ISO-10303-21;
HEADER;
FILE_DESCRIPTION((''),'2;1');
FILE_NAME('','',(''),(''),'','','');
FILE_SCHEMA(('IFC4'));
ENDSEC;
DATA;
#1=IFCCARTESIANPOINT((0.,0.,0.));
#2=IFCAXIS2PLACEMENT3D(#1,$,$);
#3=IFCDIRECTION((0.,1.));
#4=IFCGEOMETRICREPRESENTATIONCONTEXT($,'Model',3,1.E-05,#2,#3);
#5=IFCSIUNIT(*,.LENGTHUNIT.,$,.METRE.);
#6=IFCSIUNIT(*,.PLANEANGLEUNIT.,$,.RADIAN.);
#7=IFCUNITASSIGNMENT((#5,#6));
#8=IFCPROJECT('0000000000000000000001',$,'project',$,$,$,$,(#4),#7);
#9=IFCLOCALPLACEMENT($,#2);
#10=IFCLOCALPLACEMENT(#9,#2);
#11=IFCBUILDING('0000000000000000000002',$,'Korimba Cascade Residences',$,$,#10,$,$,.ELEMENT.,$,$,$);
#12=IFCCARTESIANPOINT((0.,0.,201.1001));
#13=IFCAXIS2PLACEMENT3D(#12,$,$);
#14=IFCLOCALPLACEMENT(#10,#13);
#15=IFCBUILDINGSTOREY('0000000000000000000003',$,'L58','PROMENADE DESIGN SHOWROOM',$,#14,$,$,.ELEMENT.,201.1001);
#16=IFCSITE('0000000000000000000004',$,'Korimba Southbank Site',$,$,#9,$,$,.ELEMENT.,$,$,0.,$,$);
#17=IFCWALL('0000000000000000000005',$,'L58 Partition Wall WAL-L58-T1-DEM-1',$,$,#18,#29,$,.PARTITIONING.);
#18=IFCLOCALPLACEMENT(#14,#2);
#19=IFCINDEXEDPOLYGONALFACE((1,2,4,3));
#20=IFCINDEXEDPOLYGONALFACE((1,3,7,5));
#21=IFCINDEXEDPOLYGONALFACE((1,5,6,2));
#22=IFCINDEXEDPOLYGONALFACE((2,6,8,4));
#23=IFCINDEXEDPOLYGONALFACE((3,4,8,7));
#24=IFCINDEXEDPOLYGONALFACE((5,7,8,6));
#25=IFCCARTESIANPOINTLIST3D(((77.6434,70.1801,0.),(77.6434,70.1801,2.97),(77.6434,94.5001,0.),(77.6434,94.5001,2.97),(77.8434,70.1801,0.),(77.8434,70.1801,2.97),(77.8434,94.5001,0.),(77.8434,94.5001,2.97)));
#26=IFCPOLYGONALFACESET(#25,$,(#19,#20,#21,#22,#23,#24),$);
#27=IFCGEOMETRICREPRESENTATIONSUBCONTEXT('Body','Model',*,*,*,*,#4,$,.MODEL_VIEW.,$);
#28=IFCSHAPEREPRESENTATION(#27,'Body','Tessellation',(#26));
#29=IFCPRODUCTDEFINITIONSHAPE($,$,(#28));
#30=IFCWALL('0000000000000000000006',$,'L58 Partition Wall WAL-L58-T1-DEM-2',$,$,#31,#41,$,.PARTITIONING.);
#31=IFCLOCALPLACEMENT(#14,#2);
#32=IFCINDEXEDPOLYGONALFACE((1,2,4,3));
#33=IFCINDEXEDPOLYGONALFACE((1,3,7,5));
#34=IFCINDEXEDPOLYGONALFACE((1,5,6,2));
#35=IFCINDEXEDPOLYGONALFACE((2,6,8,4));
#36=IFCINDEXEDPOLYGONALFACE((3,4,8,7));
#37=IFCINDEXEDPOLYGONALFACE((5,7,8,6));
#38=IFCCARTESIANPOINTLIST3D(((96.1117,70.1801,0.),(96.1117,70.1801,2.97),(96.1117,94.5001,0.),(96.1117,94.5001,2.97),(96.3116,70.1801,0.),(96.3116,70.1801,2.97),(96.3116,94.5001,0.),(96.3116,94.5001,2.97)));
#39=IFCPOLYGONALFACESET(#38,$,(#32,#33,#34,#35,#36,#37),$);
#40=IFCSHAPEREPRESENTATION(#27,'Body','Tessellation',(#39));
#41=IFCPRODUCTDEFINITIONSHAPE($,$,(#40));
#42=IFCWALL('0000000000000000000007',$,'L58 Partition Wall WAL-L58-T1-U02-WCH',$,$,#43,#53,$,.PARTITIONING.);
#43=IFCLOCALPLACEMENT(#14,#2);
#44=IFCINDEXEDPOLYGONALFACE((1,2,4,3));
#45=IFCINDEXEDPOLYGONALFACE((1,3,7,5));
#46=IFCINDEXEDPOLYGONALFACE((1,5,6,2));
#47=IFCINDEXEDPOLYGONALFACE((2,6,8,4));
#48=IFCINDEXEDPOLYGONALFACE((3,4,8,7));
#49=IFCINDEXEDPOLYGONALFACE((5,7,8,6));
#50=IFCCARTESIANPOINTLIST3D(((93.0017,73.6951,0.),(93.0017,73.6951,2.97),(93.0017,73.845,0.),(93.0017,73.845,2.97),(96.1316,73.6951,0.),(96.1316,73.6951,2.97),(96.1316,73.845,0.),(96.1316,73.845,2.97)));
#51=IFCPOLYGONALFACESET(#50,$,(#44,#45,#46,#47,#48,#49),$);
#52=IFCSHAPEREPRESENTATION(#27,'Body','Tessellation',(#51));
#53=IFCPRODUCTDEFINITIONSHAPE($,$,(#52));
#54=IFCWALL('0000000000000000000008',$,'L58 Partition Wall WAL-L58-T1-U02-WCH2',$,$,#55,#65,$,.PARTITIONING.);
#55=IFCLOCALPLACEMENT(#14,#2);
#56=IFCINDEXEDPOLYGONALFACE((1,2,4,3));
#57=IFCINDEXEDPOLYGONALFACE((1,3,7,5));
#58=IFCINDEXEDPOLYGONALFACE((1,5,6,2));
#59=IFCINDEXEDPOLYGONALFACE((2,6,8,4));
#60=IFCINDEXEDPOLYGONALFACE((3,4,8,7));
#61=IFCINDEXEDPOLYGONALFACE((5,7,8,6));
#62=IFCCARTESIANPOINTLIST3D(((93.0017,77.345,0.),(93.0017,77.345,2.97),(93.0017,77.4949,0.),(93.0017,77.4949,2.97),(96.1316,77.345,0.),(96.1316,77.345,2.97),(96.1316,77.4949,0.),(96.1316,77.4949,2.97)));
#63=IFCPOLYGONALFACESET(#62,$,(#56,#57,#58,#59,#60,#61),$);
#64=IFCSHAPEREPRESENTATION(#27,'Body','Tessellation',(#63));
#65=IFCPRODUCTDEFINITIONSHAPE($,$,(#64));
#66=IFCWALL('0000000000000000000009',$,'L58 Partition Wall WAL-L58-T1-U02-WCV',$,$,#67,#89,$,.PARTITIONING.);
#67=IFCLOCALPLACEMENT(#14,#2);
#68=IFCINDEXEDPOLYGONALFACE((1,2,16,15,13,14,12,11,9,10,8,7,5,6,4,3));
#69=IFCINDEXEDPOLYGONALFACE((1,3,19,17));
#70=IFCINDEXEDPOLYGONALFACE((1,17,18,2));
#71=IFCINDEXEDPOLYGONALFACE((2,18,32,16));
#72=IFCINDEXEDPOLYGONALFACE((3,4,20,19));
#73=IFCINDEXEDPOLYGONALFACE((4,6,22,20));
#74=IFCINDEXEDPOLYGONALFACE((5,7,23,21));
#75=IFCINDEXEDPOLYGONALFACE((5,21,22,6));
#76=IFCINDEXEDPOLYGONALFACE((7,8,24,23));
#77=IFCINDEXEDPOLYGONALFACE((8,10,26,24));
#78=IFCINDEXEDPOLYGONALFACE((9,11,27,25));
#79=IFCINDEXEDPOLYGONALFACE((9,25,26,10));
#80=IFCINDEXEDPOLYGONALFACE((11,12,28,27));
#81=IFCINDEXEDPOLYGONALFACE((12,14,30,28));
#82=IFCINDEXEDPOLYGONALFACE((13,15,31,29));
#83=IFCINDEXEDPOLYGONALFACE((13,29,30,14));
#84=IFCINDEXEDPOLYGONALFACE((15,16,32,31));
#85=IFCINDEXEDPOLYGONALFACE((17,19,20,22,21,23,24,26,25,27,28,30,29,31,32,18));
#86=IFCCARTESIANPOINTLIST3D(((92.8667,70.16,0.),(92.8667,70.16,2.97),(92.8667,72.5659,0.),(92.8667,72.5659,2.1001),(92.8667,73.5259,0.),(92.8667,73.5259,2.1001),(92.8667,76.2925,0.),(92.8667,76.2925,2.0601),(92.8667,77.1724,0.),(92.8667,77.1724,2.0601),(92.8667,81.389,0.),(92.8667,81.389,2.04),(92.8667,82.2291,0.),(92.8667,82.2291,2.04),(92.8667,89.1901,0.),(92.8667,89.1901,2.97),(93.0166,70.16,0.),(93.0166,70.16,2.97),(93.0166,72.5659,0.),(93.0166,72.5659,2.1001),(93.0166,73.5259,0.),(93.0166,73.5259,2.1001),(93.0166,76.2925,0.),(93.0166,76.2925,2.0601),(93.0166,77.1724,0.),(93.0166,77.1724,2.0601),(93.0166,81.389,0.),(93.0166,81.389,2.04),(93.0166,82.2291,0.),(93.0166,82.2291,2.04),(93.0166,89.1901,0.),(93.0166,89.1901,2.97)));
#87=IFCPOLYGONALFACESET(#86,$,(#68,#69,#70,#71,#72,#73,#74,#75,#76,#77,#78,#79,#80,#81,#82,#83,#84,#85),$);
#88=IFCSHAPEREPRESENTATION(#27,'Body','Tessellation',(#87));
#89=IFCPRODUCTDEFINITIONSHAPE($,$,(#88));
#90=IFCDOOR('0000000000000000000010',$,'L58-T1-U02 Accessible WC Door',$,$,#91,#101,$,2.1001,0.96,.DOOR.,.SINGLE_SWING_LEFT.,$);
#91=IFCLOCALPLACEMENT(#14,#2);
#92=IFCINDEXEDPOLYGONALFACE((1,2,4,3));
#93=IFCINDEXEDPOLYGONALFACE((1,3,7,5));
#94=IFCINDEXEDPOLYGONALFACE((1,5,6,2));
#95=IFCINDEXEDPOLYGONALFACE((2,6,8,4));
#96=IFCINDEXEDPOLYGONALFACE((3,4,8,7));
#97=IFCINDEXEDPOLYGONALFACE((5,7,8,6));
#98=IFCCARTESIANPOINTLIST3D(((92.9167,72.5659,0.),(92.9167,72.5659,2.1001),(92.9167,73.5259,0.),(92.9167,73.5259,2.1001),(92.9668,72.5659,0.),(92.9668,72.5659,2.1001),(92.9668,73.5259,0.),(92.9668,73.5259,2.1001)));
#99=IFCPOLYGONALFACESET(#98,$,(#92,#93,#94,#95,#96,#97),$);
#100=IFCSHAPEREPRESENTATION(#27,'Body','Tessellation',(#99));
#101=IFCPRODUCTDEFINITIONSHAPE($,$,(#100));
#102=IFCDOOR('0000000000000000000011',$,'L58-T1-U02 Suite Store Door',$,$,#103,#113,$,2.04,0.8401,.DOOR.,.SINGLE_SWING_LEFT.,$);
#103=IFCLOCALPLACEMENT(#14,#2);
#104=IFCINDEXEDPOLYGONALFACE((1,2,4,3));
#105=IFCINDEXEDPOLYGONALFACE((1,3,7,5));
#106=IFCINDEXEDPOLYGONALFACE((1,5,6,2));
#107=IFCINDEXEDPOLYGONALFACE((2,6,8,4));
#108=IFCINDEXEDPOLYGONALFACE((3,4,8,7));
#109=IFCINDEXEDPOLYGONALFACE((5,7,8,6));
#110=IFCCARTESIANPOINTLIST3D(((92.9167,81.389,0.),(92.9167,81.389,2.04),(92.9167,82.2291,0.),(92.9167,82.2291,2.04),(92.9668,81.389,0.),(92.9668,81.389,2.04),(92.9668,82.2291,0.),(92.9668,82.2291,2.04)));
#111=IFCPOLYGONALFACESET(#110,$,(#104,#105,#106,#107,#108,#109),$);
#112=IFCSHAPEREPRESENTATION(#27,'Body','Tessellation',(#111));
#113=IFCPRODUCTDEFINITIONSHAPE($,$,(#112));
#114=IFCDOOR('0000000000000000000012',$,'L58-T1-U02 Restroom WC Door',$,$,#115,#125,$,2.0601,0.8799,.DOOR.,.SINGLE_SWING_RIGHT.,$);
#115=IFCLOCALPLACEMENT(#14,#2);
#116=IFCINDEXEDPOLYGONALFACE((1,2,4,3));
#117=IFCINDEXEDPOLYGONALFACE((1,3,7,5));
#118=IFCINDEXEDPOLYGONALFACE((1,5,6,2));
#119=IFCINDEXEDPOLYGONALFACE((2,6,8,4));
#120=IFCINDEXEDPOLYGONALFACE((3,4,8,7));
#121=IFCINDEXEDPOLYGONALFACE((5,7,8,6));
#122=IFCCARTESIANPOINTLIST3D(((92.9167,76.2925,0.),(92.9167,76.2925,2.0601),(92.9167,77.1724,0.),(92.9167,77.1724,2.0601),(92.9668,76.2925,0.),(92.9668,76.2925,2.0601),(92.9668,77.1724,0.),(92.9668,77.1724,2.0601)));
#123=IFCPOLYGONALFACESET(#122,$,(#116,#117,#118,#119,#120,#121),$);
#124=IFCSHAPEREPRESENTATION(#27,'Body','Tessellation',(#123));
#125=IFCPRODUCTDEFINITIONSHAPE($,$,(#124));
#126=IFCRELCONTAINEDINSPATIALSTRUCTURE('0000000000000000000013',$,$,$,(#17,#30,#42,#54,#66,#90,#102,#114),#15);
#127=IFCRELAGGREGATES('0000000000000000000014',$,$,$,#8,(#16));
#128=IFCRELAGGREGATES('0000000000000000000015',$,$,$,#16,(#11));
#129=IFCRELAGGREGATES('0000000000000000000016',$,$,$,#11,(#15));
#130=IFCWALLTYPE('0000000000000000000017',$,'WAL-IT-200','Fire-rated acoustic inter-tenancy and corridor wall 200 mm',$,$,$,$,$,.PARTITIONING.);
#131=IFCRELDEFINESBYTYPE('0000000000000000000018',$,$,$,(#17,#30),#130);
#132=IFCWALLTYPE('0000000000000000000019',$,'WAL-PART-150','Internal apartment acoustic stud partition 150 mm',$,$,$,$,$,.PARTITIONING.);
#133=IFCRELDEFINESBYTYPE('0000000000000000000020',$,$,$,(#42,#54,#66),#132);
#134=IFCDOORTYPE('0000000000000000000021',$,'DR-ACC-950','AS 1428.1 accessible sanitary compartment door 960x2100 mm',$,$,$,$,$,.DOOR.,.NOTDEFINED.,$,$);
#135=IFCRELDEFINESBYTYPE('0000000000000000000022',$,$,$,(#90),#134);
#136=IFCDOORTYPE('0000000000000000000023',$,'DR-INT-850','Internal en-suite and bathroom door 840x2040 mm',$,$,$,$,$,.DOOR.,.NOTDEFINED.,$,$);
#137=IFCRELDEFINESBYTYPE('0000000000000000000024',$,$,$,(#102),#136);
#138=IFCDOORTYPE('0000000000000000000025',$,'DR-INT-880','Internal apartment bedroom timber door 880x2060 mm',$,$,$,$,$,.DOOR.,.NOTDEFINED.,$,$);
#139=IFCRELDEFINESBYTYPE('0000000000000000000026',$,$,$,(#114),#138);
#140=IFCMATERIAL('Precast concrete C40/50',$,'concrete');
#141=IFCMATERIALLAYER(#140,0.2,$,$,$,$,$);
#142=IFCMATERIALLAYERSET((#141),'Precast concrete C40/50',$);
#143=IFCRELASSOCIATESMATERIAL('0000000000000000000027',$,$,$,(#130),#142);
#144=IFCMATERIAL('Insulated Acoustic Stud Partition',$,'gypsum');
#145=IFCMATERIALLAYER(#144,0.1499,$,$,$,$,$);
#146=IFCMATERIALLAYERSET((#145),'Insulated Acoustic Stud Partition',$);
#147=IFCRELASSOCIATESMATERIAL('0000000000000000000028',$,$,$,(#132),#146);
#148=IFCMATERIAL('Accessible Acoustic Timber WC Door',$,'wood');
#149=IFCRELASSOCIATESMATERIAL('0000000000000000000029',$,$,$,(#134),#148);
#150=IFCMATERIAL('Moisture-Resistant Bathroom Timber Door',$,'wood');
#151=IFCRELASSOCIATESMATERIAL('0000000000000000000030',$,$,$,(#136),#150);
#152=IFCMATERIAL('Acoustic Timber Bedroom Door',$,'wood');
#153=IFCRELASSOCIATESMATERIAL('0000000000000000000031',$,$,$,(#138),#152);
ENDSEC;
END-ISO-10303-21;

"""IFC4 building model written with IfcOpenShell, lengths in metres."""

from ifc_helpers import new_model, si_unit, direction, frame, frame_2d, origin, place, context, subcontext, project, spatial, rectangle, extrude, material, layer, layer_set, type_object, element, fill, save


model = new_model("IFC4")

# Units and contexts
model_context = context("Model", 3, precision=1e-05, world=origin(), true_north=direction((0.0, 1.0)))
body_context = subcontext(model_context, "Body", "Model", "MODEL_VIEW")
ifc_project = project(units=[si_unit("LENGTHUNIT", "METRE"), si_unit("PLANEANGLEUNIT", "RADIAN")], contexts=[model_context])

# Site, building, storey
site_placement = place(None, origin())
site = spatial("IfcSite", under=ifc_project, at=site_placement, Name="Korimba Southbank Site", CompositionType="ELEMENT", RefElevation=0.0)
building_placement = place(site_placement, origin())
building = spatial("IfcBuilding", under=site, at=building_placement, Name="Korimba Cascade Residences", CompositionType="ELEMENT")
storey_placement = place(building_placement, frame((0.0, 0.0, 201.1001)))
storey = spatial("IfcBuildingStorey", under=building, at=storey_placement, Name="L58", Description="PROMENADE DESIGN SHOWROOM", CompositionType="ELEMENT", Elevation=201.1001)

# Walls
ifc_material_1 = material(Name="Precast concrete C40/50", Category="concrete")
ifc_layer_1 = layer(ifc_material_1, 0.2)
ifc_layer_set_1 = layer_set([ifc_layer_1], Name="Precast concrete C40/50")
wall_type_1 = type_object("IfcWallType", Name="WAL-IT-200", Description="Fire-rated acoustic inter-tenancy and corridor wall 200 mm", PredefinedType="PARTITIONING", material=ifc_layer_set_1)
for number, where, z_axis, x_axis, name in (
    (1, (77.7434, 70.1799, 0.0), (0.0, 0.0, 1.0), (0.0, 1.0, 0.0), "L58 Partition Wall WAL-L58-T1-DEM-1"),
    (2, (96.2117, 70.1799, 0.0), (0.0, 0.0, 1.0), (0.0, 1.0, 0.0), "L58 Partition Wall WAL-L58-T1-DEM-2"),
):
    element("IfcWall", number, at=place(storey_placement, frame(where, z_axis=z_axis, x_axis=x_axis)), inside=storey, type_object=wall_type_1, Name=name, PredefinedType="PARTITIONING", context=body_context, shape_type="SweptSolid", body=[
        extrude(rectangle(XDim=24.3201, YDim=0.2, at=frame_2d((12.1602, 0.0))), origin(), (0.0, 0.0, 1.0), 2.97),
    ])
ifc_material_2 = material(Name="Insulated Acoustic Stud Partition", Category="gypsum")
ifc_layer_2 = layer(ifc_material_2, 0.1499)
ifc_layer_set_2 = layer_set([ifc_layer_2], Name="Insulated Acoustic Stud Partition")
wall_type_2 = type_object("IfcWallType", Name="WAL-PART-150", Description="Internal apartment acoustic stud partition 150 mm", PredefinedType="PARTITIONING", material=ifc_layer_set_2)
for number, where, z_axis, x_axis, name in (
    (3, (93.0017, 73.77, 0.0), (0.0, 0.0, 1.0), (1.0, 0.0, 0.0), "L58 Partition Wall WAL-L58-T1-U02-WCH"),
    (4, (93.0017, 77.4199, 0.0), (0.0, 0.0, 1.0), (1.0, 0.0, 0.0), "L58 Partition Wall WAL-L58-T1-U02-WCH2"),
):
    element("IfcWall", number, at=place(storey_placement, frame(where, z_axis=z_axis, x_axis=x_axis)), inside=storey, type_object=wall_type_2, Name=name, PredefinedType="PARTITIONING", context=body_context, shape_type="SweptSolid", body=[
        extrude(rectangle(XDim=3.1299, YDim=0.1499, at=frame_2d((1.5649, 0.0))), origin(), (0.0, 0.0, 1.0), 2.97),
    ])

# Wall, openings, doors
wall_placement = place(storey_placement, frame((92.9417, 70.1599, 0.0), z_axis=(0.0, 0.0, 1.0), x_axis=(0.0, 1.0, 0.0)))
wall = element("IfcWall", 5, at=wall_placement, inside=storey, type_object=wall_type_2, Name="L58 Partition Wall WAL-L58-T1-U02-WCV", PredefinedType="PARTITIONING", context=body_context, shape_type="SweptSolid", body=[
    extrude(rectangle(XDim=19.03, YDim=0.1499, at=frame_2d((9.5151, 0.0))), origin(), (0.0, 0.0, 1.0), 2.97),
])
opening_1_placement = place(wall_placement, frame((2.406, 0.0, 0.0)))
opening_1 = element("IfcOpeningElement", 6, at=opening_1_placement, cuts=wall, PredefinedType="OPENING", context=body_context, shape_type="SweptSolid", body=[
    extrude(rectangle(XDim=0.96, YDim=2.1001, at=frame_2d((0.48, 1.05))), frame((0.0, 0.085, 0.0), z_axis=(0.0, -1.0, 0.0), x_axis=(1.0, 0.0, 0.0)), (0.0, 0.0, 1.0), 0.1699),
])
opening_2_placement = place(wall_placement, frame((6.1326, 0.0, 0.0)))
opening_2 = element("IfcOpeningElement", 7, at=opening_2_placement, cuts=wall, PredefinedType="OPENING", context=body_context, shape_type="SweptSolid", body=[
    extrude(rectangle(XDim=0.8799, YDim=2.0601, at=frame_2d((0.4399, 1.03))), frame((0.0, 0.085, 0.0), z_axis=(0.0, -1.0, 0.0), x_axis=(1.0, 0.0, 0.0)), (0.0, 0.0, 1.0), 0.1699),
])
opening_3_placement = place(wall_placement, frame((11.2292, 0.0, 0.0)))
opening_3 = element("IfcOpeningElement", 8, at=opening_3_placement, cuts=wall, PredefinedType="OPENING", context=body_context, shape_type="SweptSolid", body=[
    extrude(rectangle(XDim=0.8401, YDim=2.04, at=frame_2d((0.4199, 1.02))), frame((0.0, 0.085, 0.0), z_axis=(0.0, -1.0, 0.0), x_axis=(1.0, 0.0, 0.0)), (0.0, 0.0, 1.0), 0.1699),
])
ifc_material_3 = material(Name="Accessible Acoustic Timber WC Door", Category="wood")
door_type_1 = type_object("IfcDoorType", Name="DR-ACC-950", Description="AS 1428.1 accessible sanitary compartment door 960x2100 mm", OperationType="NOTDEFINED", PredefinedType="DOOR", material=ifc_material_3)
door_1_placement = place(opening_1_placement, origin())
door_1 = element("IfcDoor", 9, at=door_1_placement, inside=storey, type_object=door_type_1, Name="L58-T1-U02 Accessible WC Door", OperationType="SINGLE_SWING_LEFT", OverallHeight=2.1001, OverallWidth=0.96, PredefinedType="DOOR", context=body_context, shape_type="SweptSolid", body=[
    extrude(rectangle(XDim=0.96, YDim=2.1001, at=frame_2d((0.48, 1.05))), frame((0.0, 0.0249, 0.0), z_axis=(0.0, -1.0, 0.0), x_axis=(1.0, 0.0, 0.0)), (0.0, 0.0, 1.0), 0.05),
])
fill(opening_1, door_1)
ifc_material_4 = material(Name="Moisture-Resistant Bathroom Timber Door", Category="wood")
door_type_2 = type_object("IfcDoorType", Name="DR-INT-850", Description="Internal en-suite and bathroom door 840x2040 mm", OperationType="NOTDEFINED", PredefinedType="DOOR", material=ifc_material_4)
door_2_placement = place(opening_3_placement, origin())
door_2 = element("IfcDoor", 10, at=door_2_placement, inside=storey, type_object=door_type_2, Name="L58-T1-U02 Suite Store Door", OperationType="SINGLE_SWING_LEFT", OverallHeight=2.04, OverallWidth=0.8401, PredefinedType="DOOR", context=body_context, shape_type="SweptSolid", body=[
    extrude(rectangle(XDim=0.8401, YDim=2.04, at=frame_2d((0.4199, 1.02))), frame((0.0, 0.0249, 0.0), z_axis=(0.0, -1.0, 0.0), x_axis=(1.0, 0.0, 0.0)), (0.0, 0.0, 1.0), 0.05),
])
fill(opening_3, door_2)
ifc_material_5 = material(Name="Acoustic Timber Bedroom Door", Category="wood")
door_type_3 = type_object("IfcDoorType", Name="DR-INT-880", Description="Internal apartment bedroom timber door 880x2060 mm", OperationType="NOTDEFINED", PredefinedType="DOOR", material=ifc_material_5)
door_3_placement = place(opening_2_placement, origin())
door_3 = element("IfcDoor", 11, at=door_3_placement, inside=storey, type_object=door_type_3, Name="L58-T1-U02 Restroom WC Door", OperationType="SINGLE_SWING_RIGHT", OverallHeight=2.0601, OverallWidth=0.8799, PredefinedType="DOOR", context=body_context, shape_type="SweptSolid", body=[
    extrude(rectangle(XDim=0.8799, YDim=2.0601, at=frame_2d((0.4399, 1.03))), frame((0.0, 0.0249, 0.0), z_axis=(0.0, -1.0, 0.0), x_axis=(1.0, 0.0, 0.0)), (0.0, 0.0, 1.0), 0.05),
])
fill(opening_2, door_3)

save(model, "model.ifc")
